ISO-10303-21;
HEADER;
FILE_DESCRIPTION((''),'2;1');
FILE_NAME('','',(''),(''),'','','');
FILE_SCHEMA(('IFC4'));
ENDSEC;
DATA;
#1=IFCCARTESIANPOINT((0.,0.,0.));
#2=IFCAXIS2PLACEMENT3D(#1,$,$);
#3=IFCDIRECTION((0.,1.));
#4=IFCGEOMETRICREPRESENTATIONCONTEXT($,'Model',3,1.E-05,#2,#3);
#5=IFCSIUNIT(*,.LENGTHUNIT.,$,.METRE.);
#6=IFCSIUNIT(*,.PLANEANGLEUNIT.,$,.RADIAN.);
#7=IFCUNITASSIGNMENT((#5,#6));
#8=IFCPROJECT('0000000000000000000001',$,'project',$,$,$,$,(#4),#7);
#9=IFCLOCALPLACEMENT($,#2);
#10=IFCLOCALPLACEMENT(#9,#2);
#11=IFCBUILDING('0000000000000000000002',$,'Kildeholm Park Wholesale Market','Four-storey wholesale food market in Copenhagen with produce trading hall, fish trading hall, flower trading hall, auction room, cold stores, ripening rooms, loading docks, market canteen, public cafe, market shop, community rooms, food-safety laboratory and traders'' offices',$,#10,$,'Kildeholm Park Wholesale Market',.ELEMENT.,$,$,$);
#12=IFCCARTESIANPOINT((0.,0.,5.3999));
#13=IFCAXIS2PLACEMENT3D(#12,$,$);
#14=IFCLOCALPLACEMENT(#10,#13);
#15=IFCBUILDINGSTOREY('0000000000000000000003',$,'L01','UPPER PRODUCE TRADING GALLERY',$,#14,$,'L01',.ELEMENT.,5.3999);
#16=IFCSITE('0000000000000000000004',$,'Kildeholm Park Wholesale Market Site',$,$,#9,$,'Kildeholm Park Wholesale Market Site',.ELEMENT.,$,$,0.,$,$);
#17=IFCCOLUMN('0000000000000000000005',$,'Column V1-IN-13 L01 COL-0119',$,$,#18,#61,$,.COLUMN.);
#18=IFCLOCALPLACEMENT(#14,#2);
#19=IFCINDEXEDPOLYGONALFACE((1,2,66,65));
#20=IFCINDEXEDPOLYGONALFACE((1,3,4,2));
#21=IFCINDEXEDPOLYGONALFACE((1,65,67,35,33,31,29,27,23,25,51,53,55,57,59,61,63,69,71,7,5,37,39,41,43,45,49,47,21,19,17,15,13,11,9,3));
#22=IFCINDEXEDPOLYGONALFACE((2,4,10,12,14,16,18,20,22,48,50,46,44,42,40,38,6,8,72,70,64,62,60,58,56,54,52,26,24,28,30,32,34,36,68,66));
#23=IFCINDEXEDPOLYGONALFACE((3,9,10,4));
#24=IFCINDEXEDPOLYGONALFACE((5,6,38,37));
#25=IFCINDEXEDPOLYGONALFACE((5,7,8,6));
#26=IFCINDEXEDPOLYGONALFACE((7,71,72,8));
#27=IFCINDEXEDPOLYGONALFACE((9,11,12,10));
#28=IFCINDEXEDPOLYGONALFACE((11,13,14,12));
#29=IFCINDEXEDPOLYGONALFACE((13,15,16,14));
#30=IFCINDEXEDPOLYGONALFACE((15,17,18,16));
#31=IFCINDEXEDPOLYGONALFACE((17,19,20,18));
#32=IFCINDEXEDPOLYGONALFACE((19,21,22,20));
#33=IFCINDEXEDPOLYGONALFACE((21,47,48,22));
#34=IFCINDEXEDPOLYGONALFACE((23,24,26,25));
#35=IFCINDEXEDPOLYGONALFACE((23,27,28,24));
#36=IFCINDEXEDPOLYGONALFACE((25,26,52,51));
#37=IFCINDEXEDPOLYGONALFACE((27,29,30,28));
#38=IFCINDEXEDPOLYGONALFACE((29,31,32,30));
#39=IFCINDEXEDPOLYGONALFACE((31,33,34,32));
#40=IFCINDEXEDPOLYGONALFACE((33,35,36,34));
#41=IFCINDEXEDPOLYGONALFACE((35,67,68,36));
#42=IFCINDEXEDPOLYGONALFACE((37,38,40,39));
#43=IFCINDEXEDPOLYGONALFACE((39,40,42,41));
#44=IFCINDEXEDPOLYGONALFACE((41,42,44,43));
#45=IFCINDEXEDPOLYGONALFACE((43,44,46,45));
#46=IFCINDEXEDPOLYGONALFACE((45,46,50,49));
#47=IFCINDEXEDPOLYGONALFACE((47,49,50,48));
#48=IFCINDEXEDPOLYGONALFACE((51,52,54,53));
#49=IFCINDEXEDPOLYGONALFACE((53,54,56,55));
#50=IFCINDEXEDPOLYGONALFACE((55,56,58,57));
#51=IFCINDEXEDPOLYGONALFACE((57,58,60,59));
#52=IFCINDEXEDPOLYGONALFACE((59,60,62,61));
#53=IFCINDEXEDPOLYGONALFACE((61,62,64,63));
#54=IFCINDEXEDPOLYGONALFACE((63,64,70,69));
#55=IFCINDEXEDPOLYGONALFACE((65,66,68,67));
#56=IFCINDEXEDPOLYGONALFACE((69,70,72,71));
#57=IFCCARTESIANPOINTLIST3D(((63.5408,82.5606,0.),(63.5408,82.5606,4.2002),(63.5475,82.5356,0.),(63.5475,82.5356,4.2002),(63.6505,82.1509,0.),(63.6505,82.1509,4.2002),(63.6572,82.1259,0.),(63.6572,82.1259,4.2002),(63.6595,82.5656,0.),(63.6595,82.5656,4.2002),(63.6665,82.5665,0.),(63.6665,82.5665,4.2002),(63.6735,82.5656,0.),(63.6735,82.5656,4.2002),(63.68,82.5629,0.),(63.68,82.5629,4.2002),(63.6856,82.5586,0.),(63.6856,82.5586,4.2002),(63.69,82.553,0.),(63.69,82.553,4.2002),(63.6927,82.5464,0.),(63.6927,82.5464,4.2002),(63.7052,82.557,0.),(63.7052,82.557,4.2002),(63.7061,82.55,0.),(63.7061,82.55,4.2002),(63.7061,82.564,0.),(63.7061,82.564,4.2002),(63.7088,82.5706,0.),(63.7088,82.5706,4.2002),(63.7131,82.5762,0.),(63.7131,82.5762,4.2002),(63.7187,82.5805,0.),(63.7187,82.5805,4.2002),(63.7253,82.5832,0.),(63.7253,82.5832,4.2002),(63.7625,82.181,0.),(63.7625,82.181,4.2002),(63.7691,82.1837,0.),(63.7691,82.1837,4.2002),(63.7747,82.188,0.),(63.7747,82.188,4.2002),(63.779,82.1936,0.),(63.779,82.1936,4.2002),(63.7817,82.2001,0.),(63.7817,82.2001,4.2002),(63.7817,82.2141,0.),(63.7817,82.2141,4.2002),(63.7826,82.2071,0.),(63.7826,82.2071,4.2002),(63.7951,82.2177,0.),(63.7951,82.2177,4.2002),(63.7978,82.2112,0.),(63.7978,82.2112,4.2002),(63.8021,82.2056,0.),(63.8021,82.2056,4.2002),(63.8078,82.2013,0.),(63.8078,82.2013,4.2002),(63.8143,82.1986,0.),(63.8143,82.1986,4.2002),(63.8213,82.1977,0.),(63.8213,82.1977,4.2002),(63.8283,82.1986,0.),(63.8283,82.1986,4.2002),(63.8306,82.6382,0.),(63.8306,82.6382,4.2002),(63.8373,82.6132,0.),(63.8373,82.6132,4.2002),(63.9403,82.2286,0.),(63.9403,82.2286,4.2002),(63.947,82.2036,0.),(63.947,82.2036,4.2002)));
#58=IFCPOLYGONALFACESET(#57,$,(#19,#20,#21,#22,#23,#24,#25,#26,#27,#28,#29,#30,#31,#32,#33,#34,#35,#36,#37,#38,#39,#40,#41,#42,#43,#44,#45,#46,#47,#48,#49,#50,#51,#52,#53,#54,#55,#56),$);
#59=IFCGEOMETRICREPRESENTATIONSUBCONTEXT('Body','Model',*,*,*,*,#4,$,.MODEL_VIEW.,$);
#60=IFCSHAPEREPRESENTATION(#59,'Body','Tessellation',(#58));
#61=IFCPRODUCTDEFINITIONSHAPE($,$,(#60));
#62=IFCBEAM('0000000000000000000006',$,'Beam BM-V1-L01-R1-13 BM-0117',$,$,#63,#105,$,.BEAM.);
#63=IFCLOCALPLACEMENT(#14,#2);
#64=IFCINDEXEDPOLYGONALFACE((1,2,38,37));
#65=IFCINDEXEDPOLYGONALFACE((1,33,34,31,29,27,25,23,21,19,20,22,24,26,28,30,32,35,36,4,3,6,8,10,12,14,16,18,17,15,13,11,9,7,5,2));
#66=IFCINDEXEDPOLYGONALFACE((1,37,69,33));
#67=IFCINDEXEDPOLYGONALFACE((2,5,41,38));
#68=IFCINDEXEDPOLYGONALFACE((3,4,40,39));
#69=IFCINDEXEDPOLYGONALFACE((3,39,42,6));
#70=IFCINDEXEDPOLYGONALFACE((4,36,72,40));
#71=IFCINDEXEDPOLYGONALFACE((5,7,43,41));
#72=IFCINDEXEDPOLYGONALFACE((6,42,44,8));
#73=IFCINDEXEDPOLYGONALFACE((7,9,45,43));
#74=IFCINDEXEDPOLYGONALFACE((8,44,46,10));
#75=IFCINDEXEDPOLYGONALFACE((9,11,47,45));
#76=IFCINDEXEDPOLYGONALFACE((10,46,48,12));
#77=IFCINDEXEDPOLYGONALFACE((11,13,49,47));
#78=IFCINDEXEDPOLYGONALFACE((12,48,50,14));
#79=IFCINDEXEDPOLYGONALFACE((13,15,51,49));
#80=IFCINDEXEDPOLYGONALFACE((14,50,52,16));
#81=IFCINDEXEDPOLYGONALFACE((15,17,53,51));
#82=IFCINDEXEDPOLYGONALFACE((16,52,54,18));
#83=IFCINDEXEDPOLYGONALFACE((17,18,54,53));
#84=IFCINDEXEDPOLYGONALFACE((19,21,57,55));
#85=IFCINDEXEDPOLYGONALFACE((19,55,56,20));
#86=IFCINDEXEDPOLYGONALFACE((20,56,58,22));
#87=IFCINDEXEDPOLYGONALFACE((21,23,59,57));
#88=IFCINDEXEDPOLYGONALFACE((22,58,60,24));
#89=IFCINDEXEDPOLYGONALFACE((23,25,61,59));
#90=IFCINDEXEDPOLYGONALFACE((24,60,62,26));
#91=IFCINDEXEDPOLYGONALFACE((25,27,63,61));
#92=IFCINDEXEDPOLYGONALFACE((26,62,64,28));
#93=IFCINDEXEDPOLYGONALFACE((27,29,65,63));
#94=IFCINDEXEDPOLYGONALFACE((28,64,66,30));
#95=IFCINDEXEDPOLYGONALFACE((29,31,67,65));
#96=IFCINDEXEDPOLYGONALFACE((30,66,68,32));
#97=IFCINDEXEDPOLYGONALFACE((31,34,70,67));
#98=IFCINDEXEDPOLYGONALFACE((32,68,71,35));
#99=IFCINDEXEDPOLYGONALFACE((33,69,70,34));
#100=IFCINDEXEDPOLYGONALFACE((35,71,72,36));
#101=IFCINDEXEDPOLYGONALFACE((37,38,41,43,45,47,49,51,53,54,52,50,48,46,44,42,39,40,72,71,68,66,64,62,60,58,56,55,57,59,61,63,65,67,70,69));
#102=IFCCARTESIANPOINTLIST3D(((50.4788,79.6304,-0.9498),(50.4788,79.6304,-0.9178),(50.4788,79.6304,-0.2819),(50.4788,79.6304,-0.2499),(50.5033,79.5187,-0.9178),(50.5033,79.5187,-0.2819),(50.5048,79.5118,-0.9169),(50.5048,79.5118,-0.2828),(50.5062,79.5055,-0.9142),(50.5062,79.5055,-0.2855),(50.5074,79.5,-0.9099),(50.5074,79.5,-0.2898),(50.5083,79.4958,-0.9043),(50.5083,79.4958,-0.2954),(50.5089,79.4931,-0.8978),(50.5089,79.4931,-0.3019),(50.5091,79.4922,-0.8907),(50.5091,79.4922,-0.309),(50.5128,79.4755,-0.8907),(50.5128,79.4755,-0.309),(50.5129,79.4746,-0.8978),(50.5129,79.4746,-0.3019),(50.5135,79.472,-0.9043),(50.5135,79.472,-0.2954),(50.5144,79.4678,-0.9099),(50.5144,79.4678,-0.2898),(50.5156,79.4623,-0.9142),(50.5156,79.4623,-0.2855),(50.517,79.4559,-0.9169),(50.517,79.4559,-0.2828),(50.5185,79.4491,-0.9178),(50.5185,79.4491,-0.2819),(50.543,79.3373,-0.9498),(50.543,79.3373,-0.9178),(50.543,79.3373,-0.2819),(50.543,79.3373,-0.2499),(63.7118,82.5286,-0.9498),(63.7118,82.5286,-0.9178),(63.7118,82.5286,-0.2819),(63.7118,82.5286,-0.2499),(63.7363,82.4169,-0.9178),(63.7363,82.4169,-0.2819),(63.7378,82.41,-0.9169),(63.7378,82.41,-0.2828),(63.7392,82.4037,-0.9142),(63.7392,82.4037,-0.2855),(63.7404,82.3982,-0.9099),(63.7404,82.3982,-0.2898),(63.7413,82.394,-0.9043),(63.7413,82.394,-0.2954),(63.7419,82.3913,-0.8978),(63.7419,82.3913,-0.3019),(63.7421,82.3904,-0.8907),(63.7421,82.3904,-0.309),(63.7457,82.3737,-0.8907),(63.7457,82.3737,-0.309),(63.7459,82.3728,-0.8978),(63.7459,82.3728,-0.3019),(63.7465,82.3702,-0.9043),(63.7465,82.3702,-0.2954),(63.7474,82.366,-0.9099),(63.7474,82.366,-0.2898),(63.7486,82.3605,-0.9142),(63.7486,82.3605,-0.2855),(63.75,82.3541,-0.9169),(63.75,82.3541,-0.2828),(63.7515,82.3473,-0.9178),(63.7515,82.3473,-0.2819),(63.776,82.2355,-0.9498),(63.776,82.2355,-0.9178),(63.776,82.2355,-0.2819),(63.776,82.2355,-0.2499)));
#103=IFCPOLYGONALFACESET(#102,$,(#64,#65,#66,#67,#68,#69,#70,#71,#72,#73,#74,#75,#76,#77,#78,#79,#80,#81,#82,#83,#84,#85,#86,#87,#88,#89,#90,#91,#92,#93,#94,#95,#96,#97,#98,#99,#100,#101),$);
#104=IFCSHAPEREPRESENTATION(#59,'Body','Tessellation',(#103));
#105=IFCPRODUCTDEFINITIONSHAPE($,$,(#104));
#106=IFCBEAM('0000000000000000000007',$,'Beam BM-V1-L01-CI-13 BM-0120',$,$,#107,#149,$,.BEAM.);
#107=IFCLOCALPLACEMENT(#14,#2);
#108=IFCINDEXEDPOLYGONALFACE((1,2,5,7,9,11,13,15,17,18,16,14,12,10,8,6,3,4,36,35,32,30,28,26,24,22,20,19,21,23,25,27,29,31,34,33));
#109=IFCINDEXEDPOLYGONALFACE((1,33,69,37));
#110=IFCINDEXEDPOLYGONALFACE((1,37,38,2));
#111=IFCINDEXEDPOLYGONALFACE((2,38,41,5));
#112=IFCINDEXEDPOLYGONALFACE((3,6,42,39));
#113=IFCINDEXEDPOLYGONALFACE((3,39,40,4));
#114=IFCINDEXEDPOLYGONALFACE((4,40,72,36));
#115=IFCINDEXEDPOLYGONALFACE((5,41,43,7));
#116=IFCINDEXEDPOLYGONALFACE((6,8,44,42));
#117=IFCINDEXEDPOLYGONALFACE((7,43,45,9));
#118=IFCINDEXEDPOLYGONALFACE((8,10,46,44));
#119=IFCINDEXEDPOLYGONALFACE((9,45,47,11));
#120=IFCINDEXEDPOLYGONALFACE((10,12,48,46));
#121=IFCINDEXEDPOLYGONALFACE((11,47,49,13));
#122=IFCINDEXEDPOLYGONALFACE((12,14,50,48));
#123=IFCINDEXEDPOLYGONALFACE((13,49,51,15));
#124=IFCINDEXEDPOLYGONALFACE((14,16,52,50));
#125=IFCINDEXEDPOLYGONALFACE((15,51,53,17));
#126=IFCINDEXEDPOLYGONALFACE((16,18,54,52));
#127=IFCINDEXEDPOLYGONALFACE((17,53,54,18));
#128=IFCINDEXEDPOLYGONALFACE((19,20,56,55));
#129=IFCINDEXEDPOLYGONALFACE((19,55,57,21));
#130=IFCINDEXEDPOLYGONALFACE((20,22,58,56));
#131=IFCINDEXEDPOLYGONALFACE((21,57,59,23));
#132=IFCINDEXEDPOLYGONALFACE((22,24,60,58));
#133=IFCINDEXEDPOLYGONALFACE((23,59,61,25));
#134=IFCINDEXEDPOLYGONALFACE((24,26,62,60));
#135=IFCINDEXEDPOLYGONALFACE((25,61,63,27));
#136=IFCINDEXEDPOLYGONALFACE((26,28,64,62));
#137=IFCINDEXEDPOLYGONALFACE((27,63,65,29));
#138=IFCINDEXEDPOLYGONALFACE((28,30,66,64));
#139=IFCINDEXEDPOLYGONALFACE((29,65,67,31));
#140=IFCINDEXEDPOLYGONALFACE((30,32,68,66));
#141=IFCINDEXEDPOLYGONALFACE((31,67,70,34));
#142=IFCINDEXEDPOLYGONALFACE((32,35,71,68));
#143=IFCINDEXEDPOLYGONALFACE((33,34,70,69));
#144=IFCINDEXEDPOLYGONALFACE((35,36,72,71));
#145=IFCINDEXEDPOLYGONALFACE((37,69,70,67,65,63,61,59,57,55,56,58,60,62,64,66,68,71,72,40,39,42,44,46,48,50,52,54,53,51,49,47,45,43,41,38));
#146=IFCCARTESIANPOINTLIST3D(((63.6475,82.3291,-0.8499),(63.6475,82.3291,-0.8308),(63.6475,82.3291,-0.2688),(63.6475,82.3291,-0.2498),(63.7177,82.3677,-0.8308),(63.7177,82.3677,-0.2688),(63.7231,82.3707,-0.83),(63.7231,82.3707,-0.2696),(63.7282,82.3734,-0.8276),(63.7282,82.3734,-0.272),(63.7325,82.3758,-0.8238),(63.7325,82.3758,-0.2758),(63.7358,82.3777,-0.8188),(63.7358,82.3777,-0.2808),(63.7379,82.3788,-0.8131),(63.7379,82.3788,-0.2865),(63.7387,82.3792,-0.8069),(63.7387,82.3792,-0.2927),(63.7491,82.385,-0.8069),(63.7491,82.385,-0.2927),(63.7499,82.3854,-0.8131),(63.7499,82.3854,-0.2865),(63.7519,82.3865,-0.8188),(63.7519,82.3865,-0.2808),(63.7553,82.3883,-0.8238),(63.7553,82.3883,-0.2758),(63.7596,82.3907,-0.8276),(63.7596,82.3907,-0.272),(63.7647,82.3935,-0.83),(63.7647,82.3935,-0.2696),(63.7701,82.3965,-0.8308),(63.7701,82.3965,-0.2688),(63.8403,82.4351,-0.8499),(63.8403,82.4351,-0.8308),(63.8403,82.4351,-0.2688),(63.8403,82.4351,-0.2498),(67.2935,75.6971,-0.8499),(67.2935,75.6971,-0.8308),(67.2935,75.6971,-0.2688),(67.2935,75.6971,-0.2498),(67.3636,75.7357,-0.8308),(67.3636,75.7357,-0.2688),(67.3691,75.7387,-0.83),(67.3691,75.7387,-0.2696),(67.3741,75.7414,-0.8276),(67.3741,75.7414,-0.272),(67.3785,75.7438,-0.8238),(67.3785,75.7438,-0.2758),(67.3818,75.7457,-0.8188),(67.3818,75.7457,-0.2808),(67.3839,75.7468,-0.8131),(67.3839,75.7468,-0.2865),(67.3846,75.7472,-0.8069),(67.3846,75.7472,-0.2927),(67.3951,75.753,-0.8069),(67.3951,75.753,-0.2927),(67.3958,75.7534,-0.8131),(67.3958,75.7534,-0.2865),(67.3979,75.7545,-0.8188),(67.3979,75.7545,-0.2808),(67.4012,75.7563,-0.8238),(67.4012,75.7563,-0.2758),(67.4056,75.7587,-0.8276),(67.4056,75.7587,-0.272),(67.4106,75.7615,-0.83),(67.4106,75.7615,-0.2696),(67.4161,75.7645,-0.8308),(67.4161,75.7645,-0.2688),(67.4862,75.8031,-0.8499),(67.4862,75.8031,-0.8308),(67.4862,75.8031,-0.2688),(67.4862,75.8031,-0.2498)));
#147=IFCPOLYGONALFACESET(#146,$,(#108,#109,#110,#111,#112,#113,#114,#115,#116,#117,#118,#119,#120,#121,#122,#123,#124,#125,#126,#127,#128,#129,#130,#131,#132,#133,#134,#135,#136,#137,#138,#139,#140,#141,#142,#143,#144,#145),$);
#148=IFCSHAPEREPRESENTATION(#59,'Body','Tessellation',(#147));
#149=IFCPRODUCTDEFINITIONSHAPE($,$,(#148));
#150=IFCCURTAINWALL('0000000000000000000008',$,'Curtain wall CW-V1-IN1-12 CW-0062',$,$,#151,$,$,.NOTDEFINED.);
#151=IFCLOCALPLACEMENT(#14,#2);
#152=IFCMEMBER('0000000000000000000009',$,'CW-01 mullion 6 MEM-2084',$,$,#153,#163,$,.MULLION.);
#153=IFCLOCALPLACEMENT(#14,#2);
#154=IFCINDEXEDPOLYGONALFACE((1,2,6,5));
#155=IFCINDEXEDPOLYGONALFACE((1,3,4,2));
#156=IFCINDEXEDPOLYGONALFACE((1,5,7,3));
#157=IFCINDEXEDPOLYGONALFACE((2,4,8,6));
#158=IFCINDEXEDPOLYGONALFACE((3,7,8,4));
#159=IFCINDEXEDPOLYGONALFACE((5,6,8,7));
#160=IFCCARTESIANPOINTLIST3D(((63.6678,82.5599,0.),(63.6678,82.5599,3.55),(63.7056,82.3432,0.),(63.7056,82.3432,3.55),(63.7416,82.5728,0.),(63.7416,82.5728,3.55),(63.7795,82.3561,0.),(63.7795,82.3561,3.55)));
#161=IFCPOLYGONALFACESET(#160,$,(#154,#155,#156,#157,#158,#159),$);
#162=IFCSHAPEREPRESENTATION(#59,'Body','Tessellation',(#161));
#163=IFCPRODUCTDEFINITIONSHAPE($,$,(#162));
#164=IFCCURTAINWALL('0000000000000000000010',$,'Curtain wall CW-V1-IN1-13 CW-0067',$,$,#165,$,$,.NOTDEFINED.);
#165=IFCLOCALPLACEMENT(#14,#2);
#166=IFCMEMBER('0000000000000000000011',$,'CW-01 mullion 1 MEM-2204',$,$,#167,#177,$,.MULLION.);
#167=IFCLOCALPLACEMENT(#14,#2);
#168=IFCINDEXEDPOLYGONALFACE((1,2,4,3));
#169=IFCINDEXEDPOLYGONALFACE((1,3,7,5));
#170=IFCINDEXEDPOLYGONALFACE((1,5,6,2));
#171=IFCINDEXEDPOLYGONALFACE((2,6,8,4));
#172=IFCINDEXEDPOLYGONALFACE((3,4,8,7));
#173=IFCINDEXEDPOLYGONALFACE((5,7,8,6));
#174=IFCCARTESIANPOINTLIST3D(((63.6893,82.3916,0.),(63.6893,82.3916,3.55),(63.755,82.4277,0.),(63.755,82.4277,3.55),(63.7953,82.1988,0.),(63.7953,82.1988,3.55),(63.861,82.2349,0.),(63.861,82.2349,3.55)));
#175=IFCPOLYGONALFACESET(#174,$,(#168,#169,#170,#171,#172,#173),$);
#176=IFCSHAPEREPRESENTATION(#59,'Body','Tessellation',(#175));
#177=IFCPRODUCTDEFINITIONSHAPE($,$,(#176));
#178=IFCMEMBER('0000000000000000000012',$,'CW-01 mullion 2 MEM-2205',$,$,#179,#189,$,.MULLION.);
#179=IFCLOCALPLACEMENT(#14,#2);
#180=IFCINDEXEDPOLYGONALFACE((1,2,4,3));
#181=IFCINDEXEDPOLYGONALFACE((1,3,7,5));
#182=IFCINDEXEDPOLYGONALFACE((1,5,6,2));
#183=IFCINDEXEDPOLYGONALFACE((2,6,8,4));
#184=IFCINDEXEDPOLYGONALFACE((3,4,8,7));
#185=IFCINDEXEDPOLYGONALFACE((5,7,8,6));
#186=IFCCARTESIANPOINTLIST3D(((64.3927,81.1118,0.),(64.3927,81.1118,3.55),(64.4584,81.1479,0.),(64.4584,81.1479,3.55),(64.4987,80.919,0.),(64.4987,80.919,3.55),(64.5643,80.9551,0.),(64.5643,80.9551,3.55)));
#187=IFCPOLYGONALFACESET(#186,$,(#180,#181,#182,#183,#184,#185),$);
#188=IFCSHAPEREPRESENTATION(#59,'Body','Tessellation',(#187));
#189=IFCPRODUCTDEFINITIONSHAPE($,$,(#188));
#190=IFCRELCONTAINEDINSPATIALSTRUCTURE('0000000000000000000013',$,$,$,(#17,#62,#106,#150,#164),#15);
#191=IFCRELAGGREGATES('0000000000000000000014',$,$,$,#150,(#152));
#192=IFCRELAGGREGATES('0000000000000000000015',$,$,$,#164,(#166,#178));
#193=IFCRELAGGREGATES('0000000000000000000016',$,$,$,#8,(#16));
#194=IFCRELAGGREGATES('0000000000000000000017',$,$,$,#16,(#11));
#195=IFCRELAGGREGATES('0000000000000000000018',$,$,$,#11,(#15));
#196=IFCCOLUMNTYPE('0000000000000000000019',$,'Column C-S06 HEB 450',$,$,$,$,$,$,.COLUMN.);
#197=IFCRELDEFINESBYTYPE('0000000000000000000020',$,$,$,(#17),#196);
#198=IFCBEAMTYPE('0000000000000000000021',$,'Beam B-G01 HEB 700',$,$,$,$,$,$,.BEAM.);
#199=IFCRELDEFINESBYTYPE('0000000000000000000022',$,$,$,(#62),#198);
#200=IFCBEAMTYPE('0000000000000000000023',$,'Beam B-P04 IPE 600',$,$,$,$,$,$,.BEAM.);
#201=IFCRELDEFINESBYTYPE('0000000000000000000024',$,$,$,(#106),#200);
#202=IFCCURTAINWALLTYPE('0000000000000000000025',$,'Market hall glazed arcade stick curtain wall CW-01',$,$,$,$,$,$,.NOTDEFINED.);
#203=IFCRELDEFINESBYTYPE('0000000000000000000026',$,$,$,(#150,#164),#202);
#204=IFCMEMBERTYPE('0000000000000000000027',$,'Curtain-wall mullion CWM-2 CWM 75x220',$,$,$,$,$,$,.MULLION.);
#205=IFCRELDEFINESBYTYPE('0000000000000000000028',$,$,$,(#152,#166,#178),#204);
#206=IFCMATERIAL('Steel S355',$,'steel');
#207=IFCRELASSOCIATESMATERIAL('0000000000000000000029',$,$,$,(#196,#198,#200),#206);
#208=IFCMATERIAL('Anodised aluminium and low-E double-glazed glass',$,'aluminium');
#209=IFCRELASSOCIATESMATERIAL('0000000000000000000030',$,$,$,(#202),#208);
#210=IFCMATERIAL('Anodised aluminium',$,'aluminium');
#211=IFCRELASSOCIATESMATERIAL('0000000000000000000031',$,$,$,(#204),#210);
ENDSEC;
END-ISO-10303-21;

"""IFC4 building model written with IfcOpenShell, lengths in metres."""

from ifc_helpers import new_model, si_unit, direction, frame, origin, origin_2d, place, context, subcontext, project, spatial, rectangle, i_section, extrude, material, material_profile, profile_set, type_object, element, aggregate, save


model = new_model("IFC4")

# Units and contexts
model_context = context("Model", 3, precision=1e-05, world=origin(), true_north=direction((0.0, 1.0)))
body_context = subcontext(model_context, "Body", "Model", "MODEL_VIEW")
ifc_project = project(units=[si_unit("LENGTHUNIT", "METRE"), si_unit("PLANEANGLEUNIT", "RADIAN")], contexts=[model_context])

# Site, building, storey
site_placement = place(None, origin())
site = spatial("IfcSite", under=ifc_project, at=site_placement, Name="Kildeholm Park Wholesale Market Site", LongName="Kildeholm Park Wholesale Market Site", CompositionType="ELEMENT", RefElevation=0.0)
building_placement = place(site_placement, origin())
building = spatial("IfcBuilding", under=site, at=building_placement, Name="Kildeholm Park Wholesale Market", Description="Four-storey wholesale food market in Copenhagen with produce trading hall, fish trading hall, flower trading hall, auction room, cold stores, ripening rooms, loading docks, market canteen, public cafe, market shop, community rooms, food-safety laboratory and traders' offices", LongName="Kildeholm Park Wholesale Market", CompositionType="ELEMENT")
storey_placement = place(building_placement, frame((0.0, 0.0, 5.3999)))
storey = spatial("IfcBuildingStorey", under=building, at=storey_placement, Name="L01", Description="UPPER PRODUCE TRADING GALLERY", LongName="L01", CompositionType="ELEMENT", Elevation=5.3999)

# Column
ifc_material_1 = material(Name="Steel S355", Category="steel")
ifc_material_profile_1 = material_profile(ifc_material_1, i_section(OverallWidth=0.3, OverallDepth=0.45, WebThickness=0.0139, FlangeThickness=0.0259, FilletRadius=0.0271, at=origin_2d()), Name="HEB 450")
ifc_profile_set_1 = profile_set([ifc_material_profile_1], Name="Steel S355")
column_type = type_object("IfcColumnType", Name="Column C-S06 HEB 450", PredefinedType="COLUMN", material=ifc_profile_set_1)
column_placement = place(storey_placement, frame((63.7439, 82.3821, 0.0), z_axis=(0.0, 0.0, 1.0), x_axis=(-0.965926, -0.258819, 0.0)))
element("IfcColumn", 1, at=column_placement, inside=storey, type_object=column_type, Name="Column V1-IN-13 L01 COL-0119", PredefinedType="COLUMN", context=body_context, shape_type="SweptSolid", body=[
    extrude(i_section(OverallWidth=0.3, OverallDepth=0.45, WebThickness=0.0139, FlangeThickness=0.0259, FilletRadius=0.0271, at=origin_2d()), origin(), (0.0, 0.0, 1.0), 4.2002),
])

# Beams
ifc_material_profile_2 = material_profile(ifc_material_1, i_section(OverallWidth=0.3, OverallDepth=0.7, WebThickness=0.0171, FlangeThickness=0.032, FilletRadius=0.0271, at=origin_2d()), Name="HEB 700")
ifc_profile_set_2 = profile_set([ifc_material_profile_2], Name="Steel S355")
beam_type_1 = type_object("IfcBeamType", Name="Beam B-G01 HEB 700", PredefinedType="BEAM", material=ifc_profile_set_2)
beam_1_placement = place(storey_placement, frame((63.7439, 82.3821, -0.5999), z_axis=(-0.976846, -0.213943, 0.0), x_axis=(0.213943, -0.976846, 0.0)))
element("IfcBeam", 2, at=beam_1_placement, inside=storey, type_object=beam_type_1, Name="Beam BM-V1-L01-R1-13 BM-0117", PredefinedType="BEAM", context=body_context, shape_type="SweptSolid", body=[
    extrude(i_section(OverallWidth=0.3, OverallDepth=0.7, WebThickness=0.0171, FlangeThickness=0.032, FilletRadius=0.0271, at=origin_2d()), origin(), (0.0, 0.0, 1.0), 13.5466),
])
ifc_material_profile_3 = material_profile(ifc_material_1, i_section(OverallWidth=0.22, OverallDepth=0.6001, WebThickness=0.012, FlangeThickness=0.019, FilletRadius=0.0239, at=origin_2d()), Name="IPE 600")
ifc_profile_set_3 = profile_set([ifc_material_profile_3], Name="Steel S355")
beam_type_2 = type_object("IfcBeamType", Name="Beam B-P04 IPE 600", PredefinedType="BEAM", material=ifc_profile_set_3)
beam_2_placement = place(storey_placement, frame((63.7439, 82.3821, -0.5498), z_axis=(0.481752, -0.876308, 0.0), x_axis=(0.876308, 0.481752, 0.0)))
element("IfcBeam", 3, at=beam_2_placement, inside=storey, type_object=beam_type_2, Name="Beam BM-V1-L01-CI-13 BM-0120", PredefinedType="BEAM", context=body_context, shape_type="SweptSolid", body=[
    extrude(i_section(OverallWidth=0.22, OverallDepth=0.6001, WebThickness=0.012, FlangeThickness=0.019, FilletRadius=0.0239, at=origin_2d()), origin(), (0.0, 0.0, 1.0), 7.5681),
])

# Curtain wall, member
ifc_material_2 = material(Name="Anodised aluminium and low-E double-glazed glass", Category="aluminium")
curtain_wall_type = type_object("IfcCurtainWallType", Name="Market hall glazed arcade stick curtain wall CW-01", PredefinedType="NOTDEFINED", material=ifc_material_2)
curtain_wall_1_placement = place(storey_placement, origin())
curtain_wall_1 = element("IfcCurtainWall", 4, at=curtain_wall_1_placement, inside=storey, type_object=curtain_wall_type, Name="Curtain wall CW-V1-IN1-12 CW-0062", PredefinedType="NOTDEFINED")
ifc_material_3 = material(Name="Anodised aluminium", Category="aluminium")
ifc_material_profile_4 = material_profile(ifc_material_3, rectangle(XDim=0.075, YDim=0.22, at=origin_2d()), Name="CWM 75x220")
ifc_profile_set_4 = profile_set([ifc_material_profile_4], Name="Anodised aluminium")
member_type_1 = type_object("IfcMemberType", Name="Curtain-wall mullion CWM-2 CWM 75x220", PredefinedType="MULLION", material=ifc_profile_set_4)
member_1_placement = place(storey_placement, frame((63.7236, 82.458, 0.0), z_axis=(0.0, 0.0, 1.0), x_axis=(0.985074, 0.172133, 0.0)))
member_1 = element("IfcMember", 5, at=member_1_placement, type_object=member_type_1, Name="CW-01 mullion 6 MEM-2084", PredefinedType="MULLION", context=body_context, shape_type="SweptSolid", body=[
    extrude(rectangle(XDim=0.075, YDim=0.22, at=origin_2d()), origin(), (0.0, 0.0, 1.0), 3.55),
])

# Curtain wall, members
curtain_wall_2_placement = place(storey_placement, origin())
curtain_wall_2 = element("IfcCurtainWall", 6, at=curtain_wall_2_placement, inside=storey, type_object=curtain_wall_type, Name="Curtain wall CW-V1-IN1-13 CW-0067", PredefinedType="NOTDEFINED")
member_2_placement = place(storey_placement, frame((63.7751, 82.3132, 0.0), z_axis=(0.0, 0.0, 1.0), x_axis=(0.876309, 0.48175, 0.0)))
member_2 = element("IfcMember", 7, at=member_2_placement, type_object=member_type_1, Name="CW-01 mullion 1 MEM-2204", PredefinedType="MULLION", context=body_context, shape_type="SweptSolid", body=[
    extrude(rectangle(XDim=0.075, YDim=0.22, at=origin_2d()), origin(), (0.0, 0.0, 1.0), 3.55),
])
member_3_placement = place(storey_placement, frame((64.4785, 81.0334, 0.0), z_axis=(0.0, 0.0, 1.0), x_axis=(0.876309, 0.48175, 0.0)))
member_3 = element("IfcMember", 8, at=member_3_placement, type_object=member_type_1, Name="CW-01 mullion 2 MEM-2205", PredefinedType="MULLION", context=body_context, shape_type="SweptSolid", body=[
    extrude(rectangle(XDim=0.075, YDim=0.22, at=origin_2d()), origin(), (0.0, 0.0, 1.0), 3.55),
])

aggregate(curtain_wall_1, [member_1])
aggregate(curtain_wall_2, [member_2, member_3])

save(model, "model.ifc")
